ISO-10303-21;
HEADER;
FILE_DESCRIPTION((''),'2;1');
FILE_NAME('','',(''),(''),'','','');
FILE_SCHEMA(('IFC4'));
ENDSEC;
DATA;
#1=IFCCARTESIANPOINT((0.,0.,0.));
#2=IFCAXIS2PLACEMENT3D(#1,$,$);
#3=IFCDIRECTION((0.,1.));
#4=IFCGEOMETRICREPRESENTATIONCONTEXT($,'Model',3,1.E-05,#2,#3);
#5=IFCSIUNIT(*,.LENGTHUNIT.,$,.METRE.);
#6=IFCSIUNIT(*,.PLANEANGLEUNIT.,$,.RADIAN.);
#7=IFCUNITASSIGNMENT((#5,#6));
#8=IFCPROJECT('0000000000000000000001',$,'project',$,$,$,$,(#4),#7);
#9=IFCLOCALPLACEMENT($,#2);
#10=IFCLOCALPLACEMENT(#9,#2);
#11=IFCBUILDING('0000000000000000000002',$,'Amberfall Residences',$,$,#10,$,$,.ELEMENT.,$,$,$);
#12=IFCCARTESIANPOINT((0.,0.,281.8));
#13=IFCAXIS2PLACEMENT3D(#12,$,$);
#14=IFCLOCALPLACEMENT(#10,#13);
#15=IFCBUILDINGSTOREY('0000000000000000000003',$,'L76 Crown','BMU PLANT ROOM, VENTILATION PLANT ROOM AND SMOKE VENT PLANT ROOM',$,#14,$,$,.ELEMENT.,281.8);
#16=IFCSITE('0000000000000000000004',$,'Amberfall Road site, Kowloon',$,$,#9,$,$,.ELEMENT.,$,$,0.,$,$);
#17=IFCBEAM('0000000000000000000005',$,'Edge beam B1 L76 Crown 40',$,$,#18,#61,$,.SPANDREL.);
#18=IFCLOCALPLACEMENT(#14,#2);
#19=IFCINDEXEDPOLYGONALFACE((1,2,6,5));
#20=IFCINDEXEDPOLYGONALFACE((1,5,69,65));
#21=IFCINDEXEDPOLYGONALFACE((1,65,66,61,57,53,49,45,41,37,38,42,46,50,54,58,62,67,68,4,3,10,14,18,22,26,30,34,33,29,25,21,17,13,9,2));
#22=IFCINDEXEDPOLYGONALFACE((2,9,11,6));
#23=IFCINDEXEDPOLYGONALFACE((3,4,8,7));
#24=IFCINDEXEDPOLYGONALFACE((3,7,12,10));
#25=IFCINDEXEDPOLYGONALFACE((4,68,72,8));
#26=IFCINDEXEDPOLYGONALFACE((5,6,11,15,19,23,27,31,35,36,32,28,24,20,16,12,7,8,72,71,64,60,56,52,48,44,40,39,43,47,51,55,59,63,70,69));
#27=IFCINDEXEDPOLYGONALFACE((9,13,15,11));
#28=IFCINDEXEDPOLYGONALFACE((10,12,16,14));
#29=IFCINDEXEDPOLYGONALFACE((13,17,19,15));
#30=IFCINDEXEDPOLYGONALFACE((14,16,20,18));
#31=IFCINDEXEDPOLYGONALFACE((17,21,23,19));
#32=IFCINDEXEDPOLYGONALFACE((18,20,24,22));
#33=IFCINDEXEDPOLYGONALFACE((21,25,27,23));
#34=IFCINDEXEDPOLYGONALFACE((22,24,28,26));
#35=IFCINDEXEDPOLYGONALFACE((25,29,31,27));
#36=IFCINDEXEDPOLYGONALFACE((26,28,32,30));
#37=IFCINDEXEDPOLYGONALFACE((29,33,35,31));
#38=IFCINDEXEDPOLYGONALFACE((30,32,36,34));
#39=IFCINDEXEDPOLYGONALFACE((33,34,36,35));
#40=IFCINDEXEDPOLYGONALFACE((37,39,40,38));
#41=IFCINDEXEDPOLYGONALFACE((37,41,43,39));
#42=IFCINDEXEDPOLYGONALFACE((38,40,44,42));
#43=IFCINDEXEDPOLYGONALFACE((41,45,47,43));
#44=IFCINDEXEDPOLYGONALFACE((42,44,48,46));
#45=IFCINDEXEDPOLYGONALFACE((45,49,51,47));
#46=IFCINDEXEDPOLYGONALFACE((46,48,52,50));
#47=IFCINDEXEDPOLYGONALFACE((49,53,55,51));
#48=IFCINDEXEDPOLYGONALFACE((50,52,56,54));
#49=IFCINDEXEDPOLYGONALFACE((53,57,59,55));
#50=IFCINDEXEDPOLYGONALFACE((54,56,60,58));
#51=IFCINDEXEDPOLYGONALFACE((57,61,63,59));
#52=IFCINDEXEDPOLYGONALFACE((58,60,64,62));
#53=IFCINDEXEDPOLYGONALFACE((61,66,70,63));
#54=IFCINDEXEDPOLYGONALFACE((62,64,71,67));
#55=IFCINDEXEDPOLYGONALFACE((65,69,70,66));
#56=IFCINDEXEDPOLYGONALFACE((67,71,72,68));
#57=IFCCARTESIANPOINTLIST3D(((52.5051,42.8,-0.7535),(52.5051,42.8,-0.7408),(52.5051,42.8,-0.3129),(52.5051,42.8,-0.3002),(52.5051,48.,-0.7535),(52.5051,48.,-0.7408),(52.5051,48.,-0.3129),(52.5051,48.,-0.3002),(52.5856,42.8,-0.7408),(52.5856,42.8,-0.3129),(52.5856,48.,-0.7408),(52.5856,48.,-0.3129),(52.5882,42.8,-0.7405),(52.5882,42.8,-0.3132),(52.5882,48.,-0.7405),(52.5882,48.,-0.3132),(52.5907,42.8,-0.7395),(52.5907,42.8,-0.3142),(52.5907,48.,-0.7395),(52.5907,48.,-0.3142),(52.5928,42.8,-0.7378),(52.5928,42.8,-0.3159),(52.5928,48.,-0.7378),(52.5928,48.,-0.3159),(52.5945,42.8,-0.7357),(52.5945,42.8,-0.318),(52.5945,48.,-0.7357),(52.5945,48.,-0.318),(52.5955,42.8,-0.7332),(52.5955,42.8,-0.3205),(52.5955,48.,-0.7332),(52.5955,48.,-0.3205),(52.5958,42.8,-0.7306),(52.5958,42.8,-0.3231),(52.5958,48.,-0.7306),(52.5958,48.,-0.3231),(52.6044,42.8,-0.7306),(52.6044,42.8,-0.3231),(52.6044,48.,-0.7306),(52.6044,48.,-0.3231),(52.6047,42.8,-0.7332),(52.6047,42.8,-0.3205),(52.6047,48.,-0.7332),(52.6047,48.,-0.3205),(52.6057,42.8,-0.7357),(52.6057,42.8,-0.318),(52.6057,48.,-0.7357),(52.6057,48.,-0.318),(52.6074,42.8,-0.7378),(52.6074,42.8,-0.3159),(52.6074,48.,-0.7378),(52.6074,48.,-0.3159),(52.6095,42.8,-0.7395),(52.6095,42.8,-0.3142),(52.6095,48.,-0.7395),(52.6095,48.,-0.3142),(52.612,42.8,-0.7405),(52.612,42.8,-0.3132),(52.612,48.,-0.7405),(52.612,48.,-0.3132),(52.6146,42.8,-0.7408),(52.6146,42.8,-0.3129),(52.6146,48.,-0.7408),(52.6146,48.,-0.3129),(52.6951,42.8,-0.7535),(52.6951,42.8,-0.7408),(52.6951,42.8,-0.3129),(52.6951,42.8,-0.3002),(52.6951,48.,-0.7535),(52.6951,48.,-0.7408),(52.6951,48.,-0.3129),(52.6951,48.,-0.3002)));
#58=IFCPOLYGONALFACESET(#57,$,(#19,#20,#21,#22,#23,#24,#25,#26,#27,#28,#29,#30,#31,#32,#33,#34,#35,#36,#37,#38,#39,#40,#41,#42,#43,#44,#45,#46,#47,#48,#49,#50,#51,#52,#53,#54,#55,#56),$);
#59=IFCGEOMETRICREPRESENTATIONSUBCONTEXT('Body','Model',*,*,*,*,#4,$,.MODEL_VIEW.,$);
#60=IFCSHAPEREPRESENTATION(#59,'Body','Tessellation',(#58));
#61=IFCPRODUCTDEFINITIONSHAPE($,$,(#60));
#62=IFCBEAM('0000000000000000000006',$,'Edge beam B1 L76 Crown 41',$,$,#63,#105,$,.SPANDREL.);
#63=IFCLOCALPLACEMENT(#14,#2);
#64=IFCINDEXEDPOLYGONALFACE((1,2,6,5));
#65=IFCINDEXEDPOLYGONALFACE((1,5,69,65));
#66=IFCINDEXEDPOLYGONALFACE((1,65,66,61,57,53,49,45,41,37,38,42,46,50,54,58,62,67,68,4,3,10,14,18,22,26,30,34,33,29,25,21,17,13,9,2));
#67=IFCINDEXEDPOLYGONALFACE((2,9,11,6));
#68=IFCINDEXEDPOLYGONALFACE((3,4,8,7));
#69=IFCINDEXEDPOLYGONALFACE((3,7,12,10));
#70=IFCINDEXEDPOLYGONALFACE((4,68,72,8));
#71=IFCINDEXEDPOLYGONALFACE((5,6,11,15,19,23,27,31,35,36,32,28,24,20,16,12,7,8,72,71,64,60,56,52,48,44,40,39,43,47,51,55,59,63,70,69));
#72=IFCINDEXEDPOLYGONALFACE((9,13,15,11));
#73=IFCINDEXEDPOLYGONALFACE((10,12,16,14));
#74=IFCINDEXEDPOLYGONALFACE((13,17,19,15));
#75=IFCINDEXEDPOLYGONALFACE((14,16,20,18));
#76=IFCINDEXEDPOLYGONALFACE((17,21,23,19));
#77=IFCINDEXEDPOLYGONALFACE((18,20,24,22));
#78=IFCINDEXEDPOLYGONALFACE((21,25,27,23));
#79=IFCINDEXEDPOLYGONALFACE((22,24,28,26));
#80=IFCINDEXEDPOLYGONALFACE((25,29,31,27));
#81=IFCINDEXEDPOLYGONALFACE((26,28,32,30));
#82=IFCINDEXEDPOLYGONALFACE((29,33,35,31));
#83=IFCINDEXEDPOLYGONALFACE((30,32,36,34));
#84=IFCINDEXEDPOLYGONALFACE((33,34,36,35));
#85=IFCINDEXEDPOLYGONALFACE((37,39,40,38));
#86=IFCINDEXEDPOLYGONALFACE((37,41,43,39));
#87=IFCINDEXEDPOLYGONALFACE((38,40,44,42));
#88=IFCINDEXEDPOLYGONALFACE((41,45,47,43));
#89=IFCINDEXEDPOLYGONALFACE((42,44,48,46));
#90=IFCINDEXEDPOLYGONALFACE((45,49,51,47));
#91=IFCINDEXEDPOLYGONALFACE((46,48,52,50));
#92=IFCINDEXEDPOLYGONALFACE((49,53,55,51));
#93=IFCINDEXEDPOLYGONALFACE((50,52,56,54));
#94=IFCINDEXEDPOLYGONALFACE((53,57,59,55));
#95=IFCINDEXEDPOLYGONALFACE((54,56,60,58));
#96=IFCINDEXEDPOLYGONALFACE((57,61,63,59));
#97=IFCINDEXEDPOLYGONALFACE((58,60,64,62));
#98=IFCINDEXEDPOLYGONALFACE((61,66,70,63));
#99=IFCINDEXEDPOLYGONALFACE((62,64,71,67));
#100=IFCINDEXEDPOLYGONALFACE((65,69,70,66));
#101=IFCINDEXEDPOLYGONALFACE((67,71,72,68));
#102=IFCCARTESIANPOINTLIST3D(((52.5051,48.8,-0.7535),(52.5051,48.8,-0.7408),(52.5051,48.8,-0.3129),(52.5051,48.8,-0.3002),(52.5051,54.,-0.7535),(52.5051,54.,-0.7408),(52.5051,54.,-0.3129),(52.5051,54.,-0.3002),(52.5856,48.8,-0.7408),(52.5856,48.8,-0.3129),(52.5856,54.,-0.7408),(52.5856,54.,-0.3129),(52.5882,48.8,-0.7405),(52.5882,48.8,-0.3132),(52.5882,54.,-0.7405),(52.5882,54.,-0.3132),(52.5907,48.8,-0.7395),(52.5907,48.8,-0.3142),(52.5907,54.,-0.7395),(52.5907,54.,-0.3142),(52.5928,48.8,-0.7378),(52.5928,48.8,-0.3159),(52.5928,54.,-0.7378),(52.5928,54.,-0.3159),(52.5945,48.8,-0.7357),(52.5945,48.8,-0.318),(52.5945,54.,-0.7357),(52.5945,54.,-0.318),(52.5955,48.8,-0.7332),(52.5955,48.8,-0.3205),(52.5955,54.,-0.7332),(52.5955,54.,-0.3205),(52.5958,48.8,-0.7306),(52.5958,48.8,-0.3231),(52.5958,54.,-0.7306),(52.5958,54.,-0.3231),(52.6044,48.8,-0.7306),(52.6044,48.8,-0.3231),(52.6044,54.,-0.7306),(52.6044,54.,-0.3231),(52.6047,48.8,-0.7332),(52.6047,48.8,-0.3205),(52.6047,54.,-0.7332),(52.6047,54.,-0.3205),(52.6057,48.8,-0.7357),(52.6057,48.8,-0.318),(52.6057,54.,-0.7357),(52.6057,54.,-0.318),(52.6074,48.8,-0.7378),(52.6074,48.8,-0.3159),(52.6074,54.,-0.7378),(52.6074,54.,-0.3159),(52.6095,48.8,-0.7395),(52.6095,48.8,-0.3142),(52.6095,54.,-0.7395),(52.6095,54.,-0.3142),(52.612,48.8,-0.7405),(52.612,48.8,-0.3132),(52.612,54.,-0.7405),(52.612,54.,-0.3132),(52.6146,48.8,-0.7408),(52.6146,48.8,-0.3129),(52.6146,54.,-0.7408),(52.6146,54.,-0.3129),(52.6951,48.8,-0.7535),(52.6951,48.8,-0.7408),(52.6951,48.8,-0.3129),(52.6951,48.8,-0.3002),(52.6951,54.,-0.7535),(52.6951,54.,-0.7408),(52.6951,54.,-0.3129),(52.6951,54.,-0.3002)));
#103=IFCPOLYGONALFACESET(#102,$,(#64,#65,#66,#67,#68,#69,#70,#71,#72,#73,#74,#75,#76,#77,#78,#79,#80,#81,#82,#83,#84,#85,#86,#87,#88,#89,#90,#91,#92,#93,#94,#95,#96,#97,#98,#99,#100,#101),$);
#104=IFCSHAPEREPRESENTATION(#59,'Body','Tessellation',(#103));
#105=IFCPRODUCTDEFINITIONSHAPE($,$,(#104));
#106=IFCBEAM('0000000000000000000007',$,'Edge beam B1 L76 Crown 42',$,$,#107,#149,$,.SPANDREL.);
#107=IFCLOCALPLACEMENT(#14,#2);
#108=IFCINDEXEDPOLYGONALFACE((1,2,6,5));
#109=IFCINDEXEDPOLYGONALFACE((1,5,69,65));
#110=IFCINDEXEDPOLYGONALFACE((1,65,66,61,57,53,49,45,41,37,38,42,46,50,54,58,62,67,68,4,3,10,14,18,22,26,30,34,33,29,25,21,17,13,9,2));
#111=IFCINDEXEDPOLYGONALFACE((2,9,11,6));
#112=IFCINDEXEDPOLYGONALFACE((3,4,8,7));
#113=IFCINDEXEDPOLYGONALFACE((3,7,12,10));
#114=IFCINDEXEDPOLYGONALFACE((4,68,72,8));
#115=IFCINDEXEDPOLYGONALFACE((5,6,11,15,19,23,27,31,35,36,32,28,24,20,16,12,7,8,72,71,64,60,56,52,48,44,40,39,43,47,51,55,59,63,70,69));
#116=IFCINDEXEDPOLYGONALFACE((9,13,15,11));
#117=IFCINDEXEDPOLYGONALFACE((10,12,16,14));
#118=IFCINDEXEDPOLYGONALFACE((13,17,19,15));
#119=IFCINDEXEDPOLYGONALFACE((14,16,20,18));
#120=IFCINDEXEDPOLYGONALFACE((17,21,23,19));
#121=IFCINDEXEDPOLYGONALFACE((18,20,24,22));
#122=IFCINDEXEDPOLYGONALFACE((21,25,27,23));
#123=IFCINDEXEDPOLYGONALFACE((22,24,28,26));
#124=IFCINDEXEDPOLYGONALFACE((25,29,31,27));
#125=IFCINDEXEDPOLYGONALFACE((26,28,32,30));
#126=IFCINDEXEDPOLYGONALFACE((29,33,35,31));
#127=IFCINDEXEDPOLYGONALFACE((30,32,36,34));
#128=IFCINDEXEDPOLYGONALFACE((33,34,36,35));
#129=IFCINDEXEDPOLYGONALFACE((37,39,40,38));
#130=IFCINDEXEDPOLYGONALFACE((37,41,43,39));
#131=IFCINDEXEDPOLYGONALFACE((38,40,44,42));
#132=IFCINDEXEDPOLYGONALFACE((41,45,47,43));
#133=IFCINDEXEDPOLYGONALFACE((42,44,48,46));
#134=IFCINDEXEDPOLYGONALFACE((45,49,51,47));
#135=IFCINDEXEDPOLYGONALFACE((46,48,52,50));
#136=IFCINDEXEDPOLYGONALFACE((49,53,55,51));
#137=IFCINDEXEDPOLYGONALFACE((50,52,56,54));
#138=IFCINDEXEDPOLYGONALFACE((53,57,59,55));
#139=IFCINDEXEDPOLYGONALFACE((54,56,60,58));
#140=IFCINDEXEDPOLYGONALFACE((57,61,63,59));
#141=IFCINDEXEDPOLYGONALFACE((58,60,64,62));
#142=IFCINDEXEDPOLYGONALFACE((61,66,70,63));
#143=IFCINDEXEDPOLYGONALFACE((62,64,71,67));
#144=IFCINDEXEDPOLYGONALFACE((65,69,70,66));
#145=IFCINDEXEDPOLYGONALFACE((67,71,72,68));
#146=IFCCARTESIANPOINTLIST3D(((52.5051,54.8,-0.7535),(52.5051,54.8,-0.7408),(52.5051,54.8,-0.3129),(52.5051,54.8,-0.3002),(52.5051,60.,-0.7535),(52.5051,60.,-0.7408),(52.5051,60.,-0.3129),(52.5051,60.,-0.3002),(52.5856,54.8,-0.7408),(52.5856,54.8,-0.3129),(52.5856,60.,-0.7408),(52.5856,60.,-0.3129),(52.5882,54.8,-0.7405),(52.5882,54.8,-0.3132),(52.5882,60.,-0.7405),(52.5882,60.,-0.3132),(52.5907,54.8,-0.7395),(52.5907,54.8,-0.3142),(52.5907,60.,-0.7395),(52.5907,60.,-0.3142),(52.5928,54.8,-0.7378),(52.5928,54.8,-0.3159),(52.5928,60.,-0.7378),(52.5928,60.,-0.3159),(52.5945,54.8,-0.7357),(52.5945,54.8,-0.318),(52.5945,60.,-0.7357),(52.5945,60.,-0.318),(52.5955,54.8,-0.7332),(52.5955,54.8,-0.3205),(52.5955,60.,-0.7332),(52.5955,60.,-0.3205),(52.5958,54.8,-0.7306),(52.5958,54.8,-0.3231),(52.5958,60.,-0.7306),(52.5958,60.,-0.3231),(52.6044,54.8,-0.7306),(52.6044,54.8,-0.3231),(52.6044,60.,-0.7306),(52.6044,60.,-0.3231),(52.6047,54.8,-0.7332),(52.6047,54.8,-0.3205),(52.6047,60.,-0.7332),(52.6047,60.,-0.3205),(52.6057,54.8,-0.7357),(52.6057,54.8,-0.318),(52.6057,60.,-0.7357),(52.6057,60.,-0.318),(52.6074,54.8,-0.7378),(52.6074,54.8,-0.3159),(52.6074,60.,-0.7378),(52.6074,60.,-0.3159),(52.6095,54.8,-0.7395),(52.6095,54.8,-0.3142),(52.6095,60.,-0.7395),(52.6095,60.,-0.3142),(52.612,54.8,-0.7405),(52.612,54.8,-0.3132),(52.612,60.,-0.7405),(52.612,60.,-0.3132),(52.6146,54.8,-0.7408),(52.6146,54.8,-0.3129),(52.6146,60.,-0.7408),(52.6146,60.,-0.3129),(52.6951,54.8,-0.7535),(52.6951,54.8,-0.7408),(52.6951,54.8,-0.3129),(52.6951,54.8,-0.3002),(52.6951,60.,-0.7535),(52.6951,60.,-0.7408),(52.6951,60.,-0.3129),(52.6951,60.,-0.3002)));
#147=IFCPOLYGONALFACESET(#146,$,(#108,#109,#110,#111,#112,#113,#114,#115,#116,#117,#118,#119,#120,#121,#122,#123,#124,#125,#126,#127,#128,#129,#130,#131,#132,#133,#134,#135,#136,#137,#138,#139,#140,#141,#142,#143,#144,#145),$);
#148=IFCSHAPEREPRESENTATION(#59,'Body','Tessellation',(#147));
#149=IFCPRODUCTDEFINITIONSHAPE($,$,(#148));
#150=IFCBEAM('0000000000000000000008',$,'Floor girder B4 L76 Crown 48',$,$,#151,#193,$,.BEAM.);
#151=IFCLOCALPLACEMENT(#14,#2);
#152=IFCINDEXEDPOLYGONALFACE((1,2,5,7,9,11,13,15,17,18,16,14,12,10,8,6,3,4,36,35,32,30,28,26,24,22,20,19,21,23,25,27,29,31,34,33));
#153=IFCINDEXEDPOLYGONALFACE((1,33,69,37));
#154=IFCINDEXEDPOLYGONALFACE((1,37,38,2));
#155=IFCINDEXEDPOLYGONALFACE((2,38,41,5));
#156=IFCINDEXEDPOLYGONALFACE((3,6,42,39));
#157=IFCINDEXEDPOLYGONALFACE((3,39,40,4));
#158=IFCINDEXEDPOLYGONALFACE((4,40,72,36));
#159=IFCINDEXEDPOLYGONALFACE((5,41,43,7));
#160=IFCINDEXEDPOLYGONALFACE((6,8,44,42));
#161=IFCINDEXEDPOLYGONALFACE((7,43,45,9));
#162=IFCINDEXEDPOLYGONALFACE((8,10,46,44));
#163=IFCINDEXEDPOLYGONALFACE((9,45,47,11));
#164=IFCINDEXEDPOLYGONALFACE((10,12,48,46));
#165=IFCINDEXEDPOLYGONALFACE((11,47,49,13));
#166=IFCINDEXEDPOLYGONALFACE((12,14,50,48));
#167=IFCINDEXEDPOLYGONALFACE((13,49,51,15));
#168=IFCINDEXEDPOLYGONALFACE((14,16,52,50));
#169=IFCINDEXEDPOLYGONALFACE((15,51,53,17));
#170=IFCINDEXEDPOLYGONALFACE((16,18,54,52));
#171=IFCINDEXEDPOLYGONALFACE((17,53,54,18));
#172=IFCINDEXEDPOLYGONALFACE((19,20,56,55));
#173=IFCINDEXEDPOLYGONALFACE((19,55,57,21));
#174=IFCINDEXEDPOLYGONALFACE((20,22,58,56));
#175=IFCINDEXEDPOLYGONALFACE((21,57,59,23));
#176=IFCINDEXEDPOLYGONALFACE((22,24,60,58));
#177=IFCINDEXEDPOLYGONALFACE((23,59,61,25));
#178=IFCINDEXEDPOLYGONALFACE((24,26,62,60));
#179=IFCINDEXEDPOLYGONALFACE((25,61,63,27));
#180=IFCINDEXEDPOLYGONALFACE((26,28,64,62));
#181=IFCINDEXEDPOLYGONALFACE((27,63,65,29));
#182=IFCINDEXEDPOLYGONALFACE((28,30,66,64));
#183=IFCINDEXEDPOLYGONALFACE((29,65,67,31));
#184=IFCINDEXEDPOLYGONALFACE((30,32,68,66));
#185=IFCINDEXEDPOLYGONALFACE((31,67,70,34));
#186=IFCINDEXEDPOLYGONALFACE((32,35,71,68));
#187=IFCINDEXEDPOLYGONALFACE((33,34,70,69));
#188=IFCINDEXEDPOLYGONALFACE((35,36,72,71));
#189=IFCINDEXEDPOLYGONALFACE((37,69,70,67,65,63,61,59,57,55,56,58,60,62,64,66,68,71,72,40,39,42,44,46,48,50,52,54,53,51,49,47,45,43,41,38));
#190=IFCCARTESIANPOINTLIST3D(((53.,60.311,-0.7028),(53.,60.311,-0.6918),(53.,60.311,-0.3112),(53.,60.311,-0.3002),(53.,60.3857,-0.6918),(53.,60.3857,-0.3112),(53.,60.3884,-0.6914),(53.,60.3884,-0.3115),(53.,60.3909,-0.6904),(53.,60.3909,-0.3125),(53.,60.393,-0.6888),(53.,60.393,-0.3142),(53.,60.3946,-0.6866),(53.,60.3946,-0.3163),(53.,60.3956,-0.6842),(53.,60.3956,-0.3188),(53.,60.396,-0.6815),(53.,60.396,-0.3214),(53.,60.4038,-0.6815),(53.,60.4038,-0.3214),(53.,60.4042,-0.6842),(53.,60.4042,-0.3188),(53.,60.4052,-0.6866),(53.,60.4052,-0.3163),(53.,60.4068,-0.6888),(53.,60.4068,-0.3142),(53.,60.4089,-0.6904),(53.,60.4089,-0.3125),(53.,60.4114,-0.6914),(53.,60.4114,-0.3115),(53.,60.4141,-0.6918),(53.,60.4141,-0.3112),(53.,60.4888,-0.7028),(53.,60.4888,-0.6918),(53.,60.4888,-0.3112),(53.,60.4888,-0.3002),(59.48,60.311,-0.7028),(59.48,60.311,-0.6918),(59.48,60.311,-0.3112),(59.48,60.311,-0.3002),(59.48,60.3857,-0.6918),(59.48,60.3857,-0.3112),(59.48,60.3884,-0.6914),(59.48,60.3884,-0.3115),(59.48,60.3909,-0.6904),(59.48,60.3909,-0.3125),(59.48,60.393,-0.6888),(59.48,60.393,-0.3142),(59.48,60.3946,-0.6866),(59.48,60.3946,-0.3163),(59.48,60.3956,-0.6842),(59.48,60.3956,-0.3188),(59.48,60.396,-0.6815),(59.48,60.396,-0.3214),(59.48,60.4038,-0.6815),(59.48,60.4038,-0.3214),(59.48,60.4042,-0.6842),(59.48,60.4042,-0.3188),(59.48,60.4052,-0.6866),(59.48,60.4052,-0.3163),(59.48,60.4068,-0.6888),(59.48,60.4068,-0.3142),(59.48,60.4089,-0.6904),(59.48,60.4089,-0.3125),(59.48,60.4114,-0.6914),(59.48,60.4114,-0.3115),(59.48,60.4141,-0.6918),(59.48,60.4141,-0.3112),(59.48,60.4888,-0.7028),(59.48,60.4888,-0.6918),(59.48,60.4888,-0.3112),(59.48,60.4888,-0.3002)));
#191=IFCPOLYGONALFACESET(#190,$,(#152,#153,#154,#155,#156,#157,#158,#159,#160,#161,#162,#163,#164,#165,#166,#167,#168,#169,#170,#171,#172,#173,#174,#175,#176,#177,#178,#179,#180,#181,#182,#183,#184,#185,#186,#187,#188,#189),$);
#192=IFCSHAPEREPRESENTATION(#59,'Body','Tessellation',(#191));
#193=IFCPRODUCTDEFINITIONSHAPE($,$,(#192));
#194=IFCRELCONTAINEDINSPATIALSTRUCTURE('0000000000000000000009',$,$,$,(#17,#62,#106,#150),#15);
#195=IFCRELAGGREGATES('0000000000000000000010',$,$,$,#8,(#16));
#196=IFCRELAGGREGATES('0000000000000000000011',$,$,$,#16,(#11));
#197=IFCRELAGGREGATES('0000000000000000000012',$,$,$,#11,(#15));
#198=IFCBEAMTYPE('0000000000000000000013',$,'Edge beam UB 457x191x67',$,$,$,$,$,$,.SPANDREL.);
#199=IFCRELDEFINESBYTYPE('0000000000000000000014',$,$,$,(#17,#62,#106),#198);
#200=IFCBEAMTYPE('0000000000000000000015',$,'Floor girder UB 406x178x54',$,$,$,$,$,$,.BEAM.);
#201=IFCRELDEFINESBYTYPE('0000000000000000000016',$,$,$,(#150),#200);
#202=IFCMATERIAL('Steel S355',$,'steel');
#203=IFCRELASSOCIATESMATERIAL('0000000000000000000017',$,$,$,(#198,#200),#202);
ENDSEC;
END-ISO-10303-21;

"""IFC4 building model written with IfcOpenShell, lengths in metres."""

from ifc_helpers import new_model, si_unit, direction, frame, origin, origin_2d, place, context, subcontext, project, spatial, i_section, extrude, material, material_profile, profile_set, type_object, element, save


model = new_model("IFC4")

# Units and contexts
model_context = context("Model", 3, precision=1e-05, world=origin(), true_north=direction((0.0, 1.0)))
body_context = subcontext(model_context, "Body", "Model", "MODEL_VIEW")
ifc_project = project(units=[si_unit("LENGTHUNIT", "METRE"), si_unit("PLANEANGLEUNIT", "RADIAN")], contexts=[model_context])

# Site, building, storey
site_placement = place(None, origin())
site = spatial("IfcSite", under=ifc_project, at=site_placement, Name="Amberfall Road site, Kowloon", CompositionType="ELEMENT", RefElevation=0.0)
building_placement = place(site_placement, origin())
building = spatial("IfcBuilding", under=site, at=building_placement, Name="Amberfall Residences", CompositionType="ELEMENT")
storey_placement = place(building_placement, frame((0.0, 0.0, 281.8)))
storey = spatial("IfcBuildingStorey", under=building, at=storey_placement, Name="L76 Crown", Description="BMU PLANT ROOM, VENTILATION PLANT ROOM AND SMOKE VENT PLANT ROOM", CompositionType="ELEMENT", Elevation=281.8)

# Beams
ifc_material_1 = material(Name="Steel S355", Category="steel")
ifc_material_profile_1 = material_profile(ifc_material_1, i_section(OverallWidth=0.1899, OverallDepth=0.4534, WebThickness=0.0085, FlangeThickness=0.0127, FilletRadius=0.0103, at=origin_2d()), Name="UB 457x191x67")
ifc_profile_set_1 = profile_set([ifc_material_profile_1], Name="Steel S355")
beam_type_1 = type_object("IfcBeamType", Name="Edge beam UB 457x191x67", PredefinedType="SPANDREL", material=ifc_profile_set_1)
for number, where, z_axis, x_axis, name in (
    (1, (52.6001, 42.8, -0.5269), (0.0, 1.0, 0.0), (-1.0, 0.0, 0.0), "Edge beam B1 L76 Crown 40"),
    (2, (52.6001, 48.8, -0.5269), (0.0, 1.0, 0.0), (-1.0, 0.0, 0.0), "Edge beam B1 L76 Crown 41"),
    (3, (52.6001, 54.8, -0.5269), (0.0, 1.0, 0.0), (-1.0, 0.0, 0.0), "Edge beam B1 L76 Crown 42"),
):
    element("IfcBeam", number, at=place(storey_placement, frame(where, z_axis=z_axis, x_axis=x_axis)), inside=storey, type_object=beam_type_1, Name=name, PredefinedType="SPANDREL", context=body_context, shape_type="SweptSolid", body=[
        extrude(i_section(OverallWidth=0.1899, OverallDepth=0.4534, WebThickness=0.0085, FlangeThickness=0.0127, FilletRadius=0.0103, at=origin_2d()), origin(), (0.0, 0.0, 1.0), 5.2),
    ])
ifc_material_profile_2 = material_profile(ifc_material_1, i_section(OverallWidth=0.1777, OverallDepth=0.4026, WebThickness=0.0078, FlangeThickness=0.011, FilletRadius=0.0103, at=origin_2d()), Name="UB 406x178x54")
ifc_profile_set_2 = profile_set([ifc_material_profile_2], Name="Steel S355")
beam_type_2 = type_object("IfcBeamType", Name="Floor girder UB 406x178x54", PredefinedType="BEAM", material=ifc_profile_set_2)
beam_1_placement = place(storey_placement, frame((53.0, 60.3999, -0.5015), z_axis=(1.0, 0.0, 0.0), x_axis=(0.0, 1.0, 0.0)))
element("IfcBeam", 4, at=beam_1_placement, inside=storey, type_object=beam_type_2, Name="Floor girder B4 L76 Crown 48", PredefinedType="BEAM", context=body_context, shape_type="SweptSolid", body=[
    extrude(i_section(OverallWidth=0.1777, OverallDepth=0.4026, WebThickness=0.0078, FlangeThickness=0.011, FilletRadius=0.0103, at=origin_2d()), origin(), (0.0, 0.0, 1.0), 6.48),
])

save(model, "model.ifc")
